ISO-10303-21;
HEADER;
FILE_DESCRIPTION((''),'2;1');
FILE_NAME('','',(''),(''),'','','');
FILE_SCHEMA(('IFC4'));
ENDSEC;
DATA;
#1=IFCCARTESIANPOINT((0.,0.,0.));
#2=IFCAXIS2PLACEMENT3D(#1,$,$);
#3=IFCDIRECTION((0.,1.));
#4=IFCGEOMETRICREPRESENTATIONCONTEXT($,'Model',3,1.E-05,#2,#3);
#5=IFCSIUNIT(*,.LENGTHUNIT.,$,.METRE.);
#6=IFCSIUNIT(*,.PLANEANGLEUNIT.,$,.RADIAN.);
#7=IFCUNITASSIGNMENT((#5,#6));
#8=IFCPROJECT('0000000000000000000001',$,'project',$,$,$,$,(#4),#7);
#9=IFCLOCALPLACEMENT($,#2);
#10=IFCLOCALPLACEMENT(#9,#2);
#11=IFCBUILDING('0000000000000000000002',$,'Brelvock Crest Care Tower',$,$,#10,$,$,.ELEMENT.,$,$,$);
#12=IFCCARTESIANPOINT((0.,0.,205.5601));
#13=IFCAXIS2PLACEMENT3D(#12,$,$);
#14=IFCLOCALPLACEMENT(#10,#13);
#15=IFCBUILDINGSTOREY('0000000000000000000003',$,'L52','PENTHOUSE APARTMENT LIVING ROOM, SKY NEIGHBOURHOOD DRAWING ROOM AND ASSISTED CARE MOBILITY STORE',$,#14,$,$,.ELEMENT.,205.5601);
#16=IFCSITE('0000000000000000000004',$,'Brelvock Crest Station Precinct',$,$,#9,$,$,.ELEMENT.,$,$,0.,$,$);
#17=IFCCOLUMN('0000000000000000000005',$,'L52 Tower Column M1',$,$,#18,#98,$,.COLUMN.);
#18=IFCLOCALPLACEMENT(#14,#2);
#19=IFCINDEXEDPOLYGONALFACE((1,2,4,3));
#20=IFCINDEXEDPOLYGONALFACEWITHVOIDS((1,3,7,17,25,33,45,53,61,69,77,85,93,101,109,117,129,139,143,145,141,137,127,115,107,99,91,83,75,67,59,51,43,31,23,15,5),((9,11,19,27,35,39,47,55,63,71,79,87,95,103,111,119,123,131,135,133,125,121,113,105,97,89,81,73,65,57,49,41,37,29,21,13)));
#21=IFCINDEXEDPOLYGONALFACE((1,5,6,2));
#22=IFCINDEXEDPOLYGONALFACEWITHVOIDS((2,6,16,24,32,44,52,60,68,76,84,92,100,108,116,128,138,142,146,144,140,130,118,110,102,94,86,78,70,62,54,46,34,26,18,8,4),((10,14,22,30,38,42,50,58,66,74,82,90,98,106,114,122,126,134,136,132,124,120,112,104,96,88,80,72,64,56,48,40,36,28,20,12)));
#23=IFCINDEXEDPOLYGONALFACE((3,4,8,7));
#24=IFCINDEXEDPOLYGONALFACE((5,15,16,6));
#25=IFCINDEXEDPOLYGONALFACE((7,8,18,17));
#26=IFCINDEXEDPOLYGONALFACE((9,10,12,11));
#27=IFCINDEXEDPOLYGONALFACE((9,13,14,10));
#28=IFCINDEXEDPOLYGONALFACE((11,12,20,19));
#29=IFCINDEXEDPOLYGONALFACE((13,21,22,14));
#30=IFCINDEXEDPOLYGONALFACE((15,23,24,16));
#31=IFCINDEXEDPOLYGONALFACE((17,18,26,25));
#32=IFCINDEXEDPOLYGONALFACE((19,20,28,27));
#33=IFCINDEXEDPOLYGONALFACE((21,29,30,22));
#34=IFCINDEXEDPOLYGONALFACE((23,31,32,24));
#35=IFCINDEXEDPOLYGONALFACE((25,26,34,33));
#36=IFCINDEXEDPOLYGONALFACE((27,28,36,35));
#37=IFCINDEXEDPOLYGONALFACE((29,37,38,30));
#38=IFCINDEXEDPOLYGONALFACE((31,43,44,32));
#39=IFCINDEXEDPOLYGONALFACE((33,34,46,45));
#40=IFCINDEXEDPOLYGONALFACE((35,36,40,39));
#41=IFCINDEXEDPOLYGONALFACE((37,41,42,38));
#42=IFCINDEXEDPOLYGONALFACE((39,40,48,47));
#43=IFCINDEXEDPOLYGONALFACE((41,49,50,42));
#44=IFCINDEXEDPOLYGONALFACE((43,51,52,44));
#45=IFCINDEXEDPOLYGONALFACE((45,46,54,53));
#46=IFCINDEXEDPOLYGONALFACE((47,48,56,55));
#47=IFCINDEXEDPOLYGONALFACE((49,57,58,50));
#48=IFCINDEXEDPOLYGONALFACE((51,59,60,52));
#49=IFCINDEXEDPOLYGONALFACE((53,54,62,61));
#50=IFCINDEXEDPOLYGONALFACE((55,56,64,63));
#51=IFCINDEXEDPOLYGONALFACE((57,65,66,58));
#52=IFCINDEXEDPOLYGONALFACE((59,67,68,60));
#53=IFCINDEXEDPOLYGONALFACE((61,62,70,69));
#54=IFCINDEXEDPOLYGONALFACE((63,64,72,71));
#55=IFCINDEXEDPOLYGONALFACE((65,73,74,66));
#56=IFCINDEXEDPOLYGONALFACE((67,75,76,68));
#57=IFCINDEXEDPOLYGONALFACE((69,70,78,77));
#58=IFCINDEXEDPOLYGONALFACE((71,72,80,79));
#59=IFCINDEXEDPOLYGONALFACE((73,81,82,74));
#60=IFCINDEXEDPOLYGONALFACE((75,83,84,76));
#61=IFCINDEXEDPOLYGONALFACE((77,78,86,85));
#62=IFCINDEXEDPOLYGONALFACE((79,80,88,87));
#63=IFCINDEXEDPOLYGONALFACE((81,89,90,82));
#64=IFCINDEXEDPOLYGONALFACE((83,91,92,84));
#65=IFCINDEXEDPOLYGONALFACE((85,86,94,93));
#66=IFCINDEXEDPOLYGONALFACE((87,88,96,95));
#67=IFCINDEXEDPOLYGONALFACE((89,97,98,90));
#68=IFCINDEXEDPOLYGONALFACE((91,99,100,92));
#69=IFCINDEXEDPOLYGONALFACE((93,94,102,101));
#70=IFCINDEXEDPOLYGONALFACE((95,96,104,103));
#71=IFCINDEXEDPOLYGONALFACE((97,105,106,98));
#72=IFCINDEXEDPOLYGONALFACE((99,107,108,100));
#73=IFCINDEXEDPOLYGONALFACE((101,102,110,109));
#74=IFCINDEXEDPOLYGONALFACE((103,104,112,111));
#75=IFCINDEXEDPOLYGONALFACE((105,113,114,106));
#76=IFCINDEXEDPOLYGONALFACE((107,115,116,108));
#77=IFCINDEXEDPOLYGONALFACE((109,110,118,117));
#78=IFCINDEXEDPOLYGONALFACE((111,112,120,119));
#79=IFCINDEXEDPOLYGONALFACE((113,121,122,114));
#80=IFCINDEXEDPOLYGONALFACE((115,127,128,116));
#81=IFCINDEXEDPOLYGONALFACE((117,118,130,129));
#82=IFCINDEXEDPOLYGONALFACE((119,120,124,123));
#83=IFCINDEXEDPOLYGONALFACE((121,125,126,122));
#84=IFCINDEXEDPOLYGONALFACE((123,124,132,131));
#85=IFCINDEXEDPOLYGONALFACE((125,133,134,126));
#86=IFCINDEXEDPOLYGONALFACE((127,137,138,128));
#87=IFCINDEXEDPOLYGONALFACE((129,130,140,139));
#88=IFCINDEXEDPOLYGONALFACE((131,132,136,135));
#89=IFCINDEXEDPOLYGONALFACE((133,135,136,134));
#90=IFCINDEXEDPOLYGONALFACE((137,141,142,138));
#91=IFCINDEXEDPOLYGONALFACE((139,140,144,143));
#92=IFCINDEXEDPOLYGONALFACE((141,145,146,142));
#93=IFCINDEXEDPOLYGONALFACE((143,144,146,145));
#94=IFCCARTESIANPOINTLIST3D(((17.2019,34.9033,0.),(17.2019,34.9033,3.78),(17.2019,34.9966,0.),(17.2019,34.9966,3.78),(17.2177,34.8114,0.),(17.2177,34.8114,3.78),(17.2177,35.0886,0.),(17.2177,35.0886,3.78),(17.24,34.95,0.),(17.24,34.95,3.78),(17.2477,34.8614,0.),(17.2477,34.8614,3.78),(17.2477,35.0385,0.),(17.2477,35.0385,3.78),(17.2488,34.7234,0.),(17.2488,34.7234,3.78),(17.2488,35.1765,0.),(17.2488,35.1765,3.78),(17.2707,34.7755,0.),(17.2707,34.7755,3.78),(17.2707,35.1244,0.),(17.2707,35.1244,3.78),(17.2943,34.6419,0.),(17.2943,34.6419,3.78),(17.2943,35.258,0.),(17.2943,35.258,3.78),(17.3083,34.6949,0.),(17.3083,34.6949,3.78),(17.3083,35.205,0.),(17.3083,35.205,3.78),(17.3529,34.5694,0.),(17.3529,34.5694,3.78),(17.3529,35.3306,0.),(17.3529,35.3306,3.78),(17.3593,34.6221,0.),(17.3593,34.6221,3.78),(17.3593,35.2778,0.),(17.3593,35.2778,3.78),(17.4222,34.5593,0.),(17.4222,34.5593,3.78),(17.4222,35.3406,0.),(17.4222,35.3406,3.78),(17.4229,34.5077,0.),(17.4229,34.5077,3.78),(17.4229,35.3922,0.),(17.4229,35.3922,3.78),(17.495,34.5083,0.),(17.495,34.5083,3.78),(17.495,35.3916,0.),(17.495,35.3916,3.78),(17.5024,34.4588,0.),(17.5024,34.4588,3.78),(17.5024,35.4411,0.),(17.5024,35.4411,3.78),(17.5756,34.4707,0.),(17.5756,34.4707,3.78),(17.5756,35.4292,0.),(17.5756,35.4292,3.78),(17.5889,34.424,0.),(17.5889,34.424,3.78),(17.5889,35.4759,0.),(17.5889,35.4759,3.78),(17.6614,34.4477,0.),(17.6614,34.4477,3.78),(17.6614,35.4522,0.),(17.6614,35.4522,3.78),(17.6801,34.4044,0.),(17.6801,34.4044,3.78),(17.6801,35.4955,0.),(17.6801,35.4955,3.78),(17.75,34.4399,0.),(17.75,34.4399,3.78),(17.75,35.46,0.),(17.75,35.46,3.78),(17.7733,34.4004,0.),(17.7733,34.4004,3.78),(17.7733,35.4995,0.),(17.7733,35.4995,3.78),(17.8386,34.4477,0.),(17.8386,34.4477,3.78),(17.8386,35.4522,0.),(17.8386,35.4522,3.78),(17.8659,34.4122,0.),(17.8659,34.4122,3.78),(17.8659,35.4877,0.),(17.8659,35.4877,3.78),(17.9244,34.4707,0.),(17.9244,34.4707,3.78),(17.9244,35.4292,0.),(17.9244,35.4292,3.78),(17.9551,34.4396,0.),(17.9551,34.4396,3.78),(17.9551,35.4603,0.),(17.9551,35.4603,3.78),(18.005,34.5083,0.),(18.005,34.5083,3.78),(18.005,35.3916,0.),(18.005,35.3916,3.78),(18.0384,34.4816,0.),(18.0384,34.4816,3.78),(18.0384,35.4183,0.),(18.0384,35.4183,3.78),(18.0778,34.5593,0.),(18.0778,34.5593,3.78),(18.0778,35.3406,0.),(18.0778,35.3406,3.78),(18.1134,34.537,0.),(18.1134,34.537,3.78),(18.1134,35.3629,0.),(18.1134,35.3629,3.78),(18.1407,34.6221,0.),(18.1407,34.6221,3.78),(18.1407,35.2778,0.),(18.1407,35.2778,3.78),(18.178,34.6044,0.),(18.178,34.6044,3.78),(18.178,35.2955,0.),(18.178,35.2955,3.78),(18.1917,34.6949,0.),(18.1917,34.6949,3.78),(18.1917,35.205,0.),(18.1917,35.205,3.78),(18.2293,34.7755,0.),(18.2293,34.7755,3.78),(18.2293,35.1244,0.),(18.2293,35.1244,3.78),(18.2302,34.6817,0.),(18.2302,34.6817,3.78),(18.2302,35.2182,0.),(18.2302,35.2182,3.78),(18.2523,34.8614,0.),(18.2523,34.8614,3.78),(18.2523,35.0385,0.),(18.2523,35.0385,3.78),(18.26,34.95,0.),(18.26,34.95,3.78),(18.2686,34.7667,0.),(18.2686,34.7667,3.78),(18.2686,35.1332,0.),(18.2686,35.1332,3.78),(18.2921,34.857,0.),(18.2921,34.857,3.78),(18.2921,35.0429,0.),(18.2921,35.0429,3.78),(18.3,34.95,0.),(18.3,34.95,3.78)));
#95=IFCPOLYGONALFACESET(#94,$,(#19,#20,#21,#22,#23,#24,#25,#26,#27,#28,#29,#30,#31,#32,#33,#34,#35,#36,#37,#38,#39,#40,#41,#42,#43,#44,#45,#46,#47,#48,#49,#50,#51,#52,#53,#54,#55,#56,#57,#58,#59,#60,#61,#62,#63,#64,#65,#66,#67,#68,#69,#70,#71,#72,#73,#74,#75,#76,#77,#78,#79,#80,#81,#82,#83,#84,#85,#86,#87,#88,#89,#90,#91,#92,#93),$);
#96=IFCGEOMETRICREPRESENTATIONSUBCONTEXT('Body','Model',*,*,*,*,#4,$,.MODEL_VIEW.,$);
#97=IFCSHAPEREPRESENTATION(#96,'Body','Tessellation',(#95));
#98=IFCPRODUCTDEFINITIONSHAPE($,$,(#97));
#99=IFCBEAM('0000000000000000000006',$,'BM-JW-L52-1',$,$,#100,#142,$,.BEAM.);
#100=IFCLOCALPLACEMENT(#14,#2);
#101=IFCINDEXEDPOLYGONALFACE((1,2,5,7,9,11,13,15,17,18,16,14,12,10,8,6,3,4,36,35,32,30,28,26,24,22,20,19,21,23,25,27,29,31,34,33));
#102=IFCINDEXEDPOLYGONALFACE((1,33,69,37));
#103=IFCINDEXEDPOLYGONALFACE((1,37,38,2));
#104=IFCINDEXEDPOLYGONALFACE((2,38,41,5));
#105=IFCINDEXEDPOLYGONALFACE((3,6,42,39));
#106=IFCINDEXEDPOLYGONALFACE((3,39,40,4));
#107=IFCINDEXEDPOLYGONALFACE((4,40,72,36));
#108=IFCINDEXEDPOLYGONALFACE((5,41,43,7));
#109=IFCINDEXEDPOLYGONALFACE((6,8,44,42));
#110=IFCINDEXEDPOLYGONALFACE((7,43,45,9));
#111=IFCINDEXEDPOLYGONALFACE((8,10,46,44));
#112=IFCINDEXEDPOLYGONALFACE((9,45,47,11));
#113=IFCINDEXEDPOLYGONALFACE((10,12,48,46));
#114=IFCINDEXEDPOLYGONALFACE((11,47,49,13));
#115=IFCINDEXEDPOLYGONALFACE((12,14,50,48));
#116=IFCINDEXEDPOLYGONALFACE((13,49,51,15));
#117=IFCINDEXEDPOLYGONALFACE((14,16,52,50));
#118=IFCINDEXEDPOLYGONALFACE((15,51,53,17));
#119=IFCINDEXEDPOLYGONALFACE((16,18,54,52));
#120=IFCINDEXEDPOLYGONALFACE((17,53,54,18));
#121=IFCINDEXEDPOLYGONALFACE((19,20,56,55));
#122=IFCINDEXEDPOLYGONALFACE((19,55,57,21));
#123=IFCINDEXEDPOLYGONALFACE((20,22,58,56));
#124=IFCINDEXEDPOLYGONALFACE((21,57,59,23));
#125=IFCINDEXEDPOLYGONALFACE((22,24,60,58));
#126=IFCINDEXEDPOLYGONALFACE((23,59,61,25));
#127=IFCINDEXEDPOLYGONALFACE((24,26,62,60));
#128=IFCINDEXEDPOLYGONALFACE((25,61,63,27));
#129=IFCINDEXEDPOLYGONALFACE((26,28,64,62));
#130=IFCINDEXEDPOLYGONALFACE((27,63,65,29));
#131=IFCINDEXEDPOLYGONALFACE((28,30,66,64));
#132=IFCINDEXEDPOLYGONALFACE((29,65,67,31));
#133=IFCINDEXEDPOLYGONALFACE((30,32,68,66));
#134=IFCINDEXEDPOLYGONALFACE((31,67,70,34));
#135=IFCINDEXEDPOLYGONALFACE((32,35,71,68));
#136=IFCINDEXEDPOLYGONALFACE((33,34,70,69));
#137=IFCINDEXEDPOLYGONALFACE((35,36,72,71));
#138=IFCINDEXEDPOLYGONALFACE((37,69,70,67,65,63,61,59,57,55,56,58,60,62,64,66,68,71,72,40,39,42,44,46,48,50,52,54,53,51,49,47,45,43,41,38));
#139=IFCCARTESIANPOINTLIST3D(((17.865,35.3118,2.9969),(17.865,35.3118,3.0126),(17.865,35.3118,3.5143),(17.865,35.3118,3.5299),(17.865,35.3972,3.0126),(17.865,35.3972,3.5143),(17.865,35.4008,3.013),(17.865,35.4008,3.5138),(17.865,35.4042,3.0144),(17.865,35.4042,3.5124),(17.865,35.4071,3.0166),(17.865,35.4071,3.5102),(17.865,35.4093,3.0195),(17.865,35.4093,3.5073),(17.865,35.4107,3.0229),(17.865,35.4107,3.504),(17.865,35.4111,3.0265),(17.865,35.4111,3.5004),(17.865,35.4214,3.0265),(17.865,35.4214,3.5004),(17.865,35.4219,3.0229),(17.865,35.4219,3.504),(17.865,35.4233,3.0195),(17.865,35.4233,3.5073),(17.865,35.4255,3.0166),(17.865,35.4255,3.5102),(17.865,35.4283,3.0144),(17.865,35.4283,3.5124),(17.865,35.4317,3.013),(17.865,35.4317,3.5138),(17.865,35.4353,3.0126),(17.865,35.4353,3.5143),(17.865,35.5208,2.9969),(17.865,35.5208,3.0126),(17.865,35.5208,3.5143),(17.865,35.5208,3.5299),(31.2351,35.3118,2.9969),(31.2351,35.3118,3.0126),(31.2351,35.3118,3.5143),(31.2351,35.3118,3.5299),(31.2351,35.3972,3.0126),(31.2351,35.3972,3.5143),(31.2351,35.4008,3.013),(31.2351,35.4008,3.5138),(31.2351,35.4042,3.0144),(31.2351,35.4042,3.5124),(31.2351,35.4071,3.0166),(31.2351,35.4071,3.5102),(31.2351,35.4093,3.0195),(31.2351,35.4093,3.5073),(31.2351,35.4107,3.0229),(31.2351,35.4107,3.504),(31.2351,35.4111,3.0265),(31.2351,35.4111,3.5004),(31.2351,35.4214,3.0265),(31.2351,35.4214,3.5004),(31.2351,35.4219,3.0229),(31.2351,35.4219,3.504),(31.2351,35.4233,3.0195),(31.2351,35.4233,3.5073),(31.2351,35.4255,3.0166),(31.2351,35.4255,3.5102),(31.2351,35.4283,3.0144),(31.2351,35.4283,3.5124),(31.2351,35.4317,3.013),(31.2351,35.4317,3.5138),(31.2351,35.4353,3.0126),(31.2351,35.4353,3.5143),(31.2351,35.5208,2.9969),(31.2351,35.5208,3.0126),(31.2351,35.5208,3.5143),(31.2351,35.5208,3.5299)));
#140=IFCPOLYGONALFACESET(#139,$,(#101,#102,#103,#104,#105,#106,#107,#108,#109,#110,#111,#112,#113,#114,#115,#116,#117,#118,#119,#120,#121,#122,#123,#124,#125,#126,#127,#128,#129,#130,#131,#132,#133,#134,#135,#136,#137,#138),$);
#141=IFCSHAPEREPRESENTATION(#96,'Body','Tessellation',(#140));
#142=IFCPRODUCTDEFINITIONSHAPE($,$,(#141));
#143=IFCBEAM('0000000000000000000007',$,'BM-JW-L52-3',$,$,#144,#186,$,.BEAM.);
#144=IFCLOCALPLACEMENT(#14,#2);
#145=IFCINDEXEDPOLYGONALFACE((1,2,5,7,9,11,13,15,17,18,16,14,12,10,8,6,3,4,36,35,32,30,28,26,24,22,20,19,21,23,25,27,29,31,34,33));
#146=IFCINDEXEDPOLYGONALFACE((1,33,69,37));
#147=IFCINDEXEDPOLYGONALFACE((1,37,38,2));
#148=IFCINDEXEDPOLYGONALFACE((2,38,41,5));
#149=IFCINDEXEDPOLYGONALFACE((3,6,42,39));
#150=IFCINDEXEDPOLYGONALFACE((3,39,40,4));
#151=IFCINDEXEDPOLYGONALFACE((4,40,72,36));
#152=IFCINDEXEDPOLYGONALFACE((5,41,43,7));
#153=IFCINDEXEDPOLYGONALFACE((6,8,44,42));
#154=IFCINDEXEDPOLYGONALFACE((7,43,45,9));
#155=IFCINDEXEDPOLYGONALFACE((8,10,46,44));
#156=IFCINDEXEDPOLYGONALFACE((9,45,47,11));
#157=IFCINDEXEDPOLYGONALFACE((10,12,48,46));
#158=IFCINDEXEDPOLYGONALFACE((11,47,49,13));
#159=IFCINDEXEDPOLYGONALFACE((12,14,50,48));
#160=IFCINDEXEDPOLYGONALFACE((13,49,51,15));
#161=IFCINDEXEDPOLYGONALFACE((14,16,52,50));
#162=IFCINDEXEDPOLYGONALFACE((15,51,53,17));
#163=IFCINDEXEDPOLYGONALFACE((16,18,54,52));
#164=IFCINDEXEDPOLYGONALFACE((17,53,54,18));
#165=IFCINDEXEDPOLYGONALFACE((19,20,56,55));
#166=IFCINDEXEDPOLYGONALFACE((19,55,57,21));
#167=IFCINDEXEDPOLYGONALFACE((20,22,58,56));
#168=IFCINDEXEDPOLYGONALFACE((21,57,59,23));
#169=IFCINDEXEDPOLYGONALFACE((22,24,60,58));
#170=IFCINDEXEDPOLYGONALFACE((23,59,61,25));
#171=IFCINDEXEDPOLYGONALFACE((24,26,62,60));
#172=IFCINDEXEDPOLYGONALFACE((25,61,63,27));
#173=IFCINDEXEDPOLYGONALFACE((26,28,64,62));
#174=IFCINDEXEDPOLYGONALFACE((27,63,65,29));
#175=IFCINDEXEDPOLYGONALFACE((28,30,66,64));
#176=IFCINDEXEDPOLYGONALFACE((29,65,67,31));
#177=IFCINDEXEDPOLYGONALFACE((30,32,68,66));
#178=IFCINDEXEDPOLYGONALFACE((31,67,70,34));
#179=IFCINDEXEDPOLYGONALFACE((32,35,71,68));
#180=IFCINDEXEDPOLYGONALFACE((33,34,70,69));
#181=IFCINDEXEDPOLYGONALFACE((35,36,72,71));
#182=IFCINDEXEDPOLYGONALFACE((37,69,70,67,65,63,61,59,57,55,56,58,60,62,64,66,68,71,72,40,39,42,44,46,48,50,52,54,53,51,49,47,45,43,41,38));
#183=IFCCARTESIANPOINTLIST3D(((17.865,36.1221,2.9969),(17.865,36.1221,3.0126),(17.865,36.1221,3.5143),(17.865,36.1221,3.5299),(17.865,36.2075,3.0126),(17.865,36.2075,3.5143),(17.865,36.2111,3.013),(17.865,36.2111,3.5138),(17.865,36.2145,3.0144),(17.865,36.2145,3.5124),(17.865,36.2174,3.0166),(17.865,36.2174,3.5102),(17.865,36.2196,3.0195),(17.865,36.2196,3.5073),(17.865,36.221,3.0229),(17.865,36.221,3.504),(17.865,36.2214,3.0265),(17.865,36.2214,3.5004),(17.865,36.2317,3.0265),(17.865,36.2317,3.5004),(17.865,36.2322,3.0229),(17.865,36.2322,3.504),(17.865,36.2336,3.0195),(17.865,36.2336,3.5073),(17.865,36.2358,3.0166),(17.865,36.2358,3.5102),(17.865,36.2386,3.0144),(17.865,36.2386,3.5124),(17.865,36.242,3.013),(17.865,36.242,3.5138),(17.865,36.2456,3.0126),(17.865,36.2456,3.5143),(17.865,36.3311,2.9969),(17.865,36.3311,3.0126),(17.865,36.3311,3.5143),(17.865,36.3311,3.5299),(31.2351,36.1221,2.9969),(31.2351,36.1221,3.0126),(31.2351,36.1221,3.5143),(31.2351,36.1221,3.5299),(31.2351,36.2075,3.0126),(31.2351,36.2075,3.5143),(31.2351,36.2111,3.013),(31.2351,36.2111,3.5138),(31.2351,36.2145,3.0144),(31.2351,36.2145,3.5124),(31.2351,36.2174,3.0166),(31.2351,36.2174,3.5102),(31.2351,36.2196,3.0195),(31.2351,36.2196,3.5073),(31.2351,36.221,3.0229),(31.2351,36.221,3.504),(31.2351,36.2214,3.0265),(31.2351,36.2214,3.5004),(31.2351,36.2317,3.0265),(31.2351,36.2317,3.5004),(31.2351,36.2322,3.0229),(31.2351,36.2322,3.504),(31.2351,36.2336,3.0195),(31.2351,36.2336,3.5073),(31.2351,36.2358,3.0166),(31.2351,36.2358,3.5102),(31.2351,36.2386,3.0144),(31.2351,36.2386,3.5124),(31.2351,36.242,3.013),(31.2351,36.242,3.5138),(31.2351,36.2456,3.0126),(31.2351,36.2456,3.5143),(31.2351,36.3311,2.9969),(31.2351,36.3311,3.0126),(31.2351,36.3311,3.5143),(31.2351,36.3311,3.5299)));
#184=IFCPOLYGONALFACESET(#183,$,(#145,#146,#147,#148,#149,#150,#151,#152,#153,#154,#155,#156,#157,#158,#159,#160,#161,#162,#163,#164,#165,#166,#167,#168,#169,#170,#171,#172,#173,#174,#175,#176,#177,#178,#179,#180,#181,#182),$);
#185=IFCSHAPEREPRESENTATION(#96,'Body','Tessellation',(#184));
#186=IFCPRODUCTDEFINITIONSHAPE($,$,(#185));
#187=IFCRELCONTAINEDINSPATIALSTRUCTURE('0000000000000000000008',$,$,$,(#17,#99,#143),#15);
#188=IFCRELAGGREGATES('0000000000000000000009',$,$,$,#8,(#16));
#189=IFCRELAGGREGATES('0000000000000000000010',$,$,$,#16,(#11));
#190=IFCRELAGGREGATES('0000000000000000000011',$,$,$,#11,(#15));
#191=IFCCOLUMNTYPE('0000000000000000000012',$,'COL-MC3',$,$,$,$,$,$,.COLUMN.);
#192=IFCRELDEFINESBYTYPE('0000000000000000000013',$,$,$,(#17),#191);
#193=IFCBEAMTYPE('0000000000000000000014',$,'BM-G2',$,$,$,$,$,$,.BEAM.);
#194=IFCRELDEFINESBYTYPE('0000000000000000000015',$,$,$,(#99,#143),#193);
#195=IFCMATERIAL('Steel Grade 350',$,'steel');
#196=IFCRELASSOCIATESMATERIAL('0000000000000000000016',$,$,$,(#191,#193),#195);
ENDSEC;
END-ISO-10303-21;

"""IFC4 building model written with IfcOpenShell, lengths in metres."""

from ifc_helpers import new_model, si_unit, direction, frame, origin, origin_2d, place, context, subcontext, project, spatial, hollow_circle, i_section, extrude, source, transform, mapped, material, material_profile, profile_set, type_object, element, save


model = new_model("IFC4")

# Units and contexts
model_context = context("Model", 3, precision=1e-05, world=origin(), true_north=direction((0.0, 1.0)))
body_context = subcontext(model_context, "Body", "Model", "MODEL_VIEW")
ifc_project = project(units=[si_unit("LENGTHUNIT", "METRE"), si_unit("PLANEANGLEUNIT", "RADIAN")], contexts=[model_context])

# Site, building, storey
site_placement = place(None, origin())
site = spatial("IfcSite", under=ifc_project, at=site_placement, Name="Brelvock Crest Station Precinct", CompositionType="ELEMENT", RefElevation=0.0)
building_placement = place(site_placement, origin())
building = spatial("IfcBuilding", under=site, at=building_placement, Name="Brelvock Crest Care Tower", CompositionType="ELEMENT")
storey_placement = place(building_placement, frame((0.0, 0.0, 205.5601)))
storey = spatial("IfcBuildingStorey", under=building, at=storey_placement, Name="L52", Description="PENTHOUSE APARTMENT LIVING ROOM, SKY NEIGHBOURHOOD DRAWING ROOM AND ASSISTED CARE MOBILITY STORE", CompositionType="ELEMENT", Elevation=205.5601)

# Column
ifc_material_1 = material(Name="Steel Grade 350", Category="steel")
ifc_material_profile_1 = material_profile(ifc_material_1, hollow_circle(Radius=0.55, WallThickness=0.04, at=origin_2d()), Name="CFT1100x40")
ifc_profile_set_1 = profile_set([ifc_material_profile_1], Name="Steel Grade 350")
column_type = type_object("IfcColumnType", Name="COL-MC3", PredefinedType="COLUMN", material=ifc_profile_set_1)
shared_shape_1 = source(origin(), body_context, "Body", "SweptSolid", [
    extrude(hollow_circle(Radius=0.55, WallThickness=0.04, at=origin_2d()), origin(), (0.0, 0.0, 1.0), 3.78),
])
column_placement = place(storey_placement, frame((17.75, 34.95, 0.0), z_axis=(0.0, 0.0, 1.0), x_axis=(1.0, 0.0, 0.0)))
element("IfcColumn", 1, at=column_placement, inside=storey, type_object=column_type, Name="L52 Tower Column M1", PredefinedType="COLUMN", context=body_context, shape_type="MappedRepresentation", body=[
    mapped(shared_shape_1, transform((0.0, 0.0, 0.0), x_axis=(1.0, 0.0, 0.0), y_axis=(0.0, 1.0, 0.0), z_axis=(0.0, 0.0, 1.0), scale=1.0)),
])

# Beams
ifc_material_profile_2 = material_profile(ifc_material_1, i_section(OverallWidth=0.209, OverallDepth=0.533, WebThickness=0.0103, FlangeThickness=0.0156, FilletRadius=0.0139, at=origin_2d()), Name="530UB92.4")
ifc_profile_set_2 = profile_set([ifc_material_profile_2], Name="Steel Grade 350")
beam_type_1 = type_object("IfcBeamType", Name="BM-G2", PredefinedType="BEAM", material=ifc_profile_set_2)
shared_shape_2 = source(origin(), body_context, "Body", "SweptSolid", [
    extrude(i_section(OverallWidth=0.209, OverallDepth=0.533, WebThickness=0.0103, FlangeThickness=0.0156, FilletRadius=0.0139, at=origin_2d()), origin(), (0.0, 0.0, 1.0), 13.3701),
])
for number, where, z_axis, x_axis, name in (
    (2, (17.865, 35.4163, 3.2634), (1.0, 0.0, 0.0), (0.0, 1.0, 0.0), "BM-JW-L52-1"),
    (3, (17.865, 36.2266, 3.2634), (1.0, 0.0, 0.0), (0.0, 1.0, 0.0), "BM-JW-L52-3"),
):
    element("IfcBeam", number, at=place(storey_placement, frame(where, z_axis=z_axis, x_axis=x_axis)), inside=storey, type_object=beam_type_1, Name=name, PredefinedType="BEAM", context=body_context, shape_type="MappedRepresentation", body=[
        mapped(shared_shape_2, transform((0.0, 0.0, 0.0), x_axis=(1.0, 0.0, 0.0), y_axis=(0.0, 1.0, 0.0), z_axis=(0.0, 0.0, 1.0), scale=1.0)),
    ])

save(model, "model.ifc")
